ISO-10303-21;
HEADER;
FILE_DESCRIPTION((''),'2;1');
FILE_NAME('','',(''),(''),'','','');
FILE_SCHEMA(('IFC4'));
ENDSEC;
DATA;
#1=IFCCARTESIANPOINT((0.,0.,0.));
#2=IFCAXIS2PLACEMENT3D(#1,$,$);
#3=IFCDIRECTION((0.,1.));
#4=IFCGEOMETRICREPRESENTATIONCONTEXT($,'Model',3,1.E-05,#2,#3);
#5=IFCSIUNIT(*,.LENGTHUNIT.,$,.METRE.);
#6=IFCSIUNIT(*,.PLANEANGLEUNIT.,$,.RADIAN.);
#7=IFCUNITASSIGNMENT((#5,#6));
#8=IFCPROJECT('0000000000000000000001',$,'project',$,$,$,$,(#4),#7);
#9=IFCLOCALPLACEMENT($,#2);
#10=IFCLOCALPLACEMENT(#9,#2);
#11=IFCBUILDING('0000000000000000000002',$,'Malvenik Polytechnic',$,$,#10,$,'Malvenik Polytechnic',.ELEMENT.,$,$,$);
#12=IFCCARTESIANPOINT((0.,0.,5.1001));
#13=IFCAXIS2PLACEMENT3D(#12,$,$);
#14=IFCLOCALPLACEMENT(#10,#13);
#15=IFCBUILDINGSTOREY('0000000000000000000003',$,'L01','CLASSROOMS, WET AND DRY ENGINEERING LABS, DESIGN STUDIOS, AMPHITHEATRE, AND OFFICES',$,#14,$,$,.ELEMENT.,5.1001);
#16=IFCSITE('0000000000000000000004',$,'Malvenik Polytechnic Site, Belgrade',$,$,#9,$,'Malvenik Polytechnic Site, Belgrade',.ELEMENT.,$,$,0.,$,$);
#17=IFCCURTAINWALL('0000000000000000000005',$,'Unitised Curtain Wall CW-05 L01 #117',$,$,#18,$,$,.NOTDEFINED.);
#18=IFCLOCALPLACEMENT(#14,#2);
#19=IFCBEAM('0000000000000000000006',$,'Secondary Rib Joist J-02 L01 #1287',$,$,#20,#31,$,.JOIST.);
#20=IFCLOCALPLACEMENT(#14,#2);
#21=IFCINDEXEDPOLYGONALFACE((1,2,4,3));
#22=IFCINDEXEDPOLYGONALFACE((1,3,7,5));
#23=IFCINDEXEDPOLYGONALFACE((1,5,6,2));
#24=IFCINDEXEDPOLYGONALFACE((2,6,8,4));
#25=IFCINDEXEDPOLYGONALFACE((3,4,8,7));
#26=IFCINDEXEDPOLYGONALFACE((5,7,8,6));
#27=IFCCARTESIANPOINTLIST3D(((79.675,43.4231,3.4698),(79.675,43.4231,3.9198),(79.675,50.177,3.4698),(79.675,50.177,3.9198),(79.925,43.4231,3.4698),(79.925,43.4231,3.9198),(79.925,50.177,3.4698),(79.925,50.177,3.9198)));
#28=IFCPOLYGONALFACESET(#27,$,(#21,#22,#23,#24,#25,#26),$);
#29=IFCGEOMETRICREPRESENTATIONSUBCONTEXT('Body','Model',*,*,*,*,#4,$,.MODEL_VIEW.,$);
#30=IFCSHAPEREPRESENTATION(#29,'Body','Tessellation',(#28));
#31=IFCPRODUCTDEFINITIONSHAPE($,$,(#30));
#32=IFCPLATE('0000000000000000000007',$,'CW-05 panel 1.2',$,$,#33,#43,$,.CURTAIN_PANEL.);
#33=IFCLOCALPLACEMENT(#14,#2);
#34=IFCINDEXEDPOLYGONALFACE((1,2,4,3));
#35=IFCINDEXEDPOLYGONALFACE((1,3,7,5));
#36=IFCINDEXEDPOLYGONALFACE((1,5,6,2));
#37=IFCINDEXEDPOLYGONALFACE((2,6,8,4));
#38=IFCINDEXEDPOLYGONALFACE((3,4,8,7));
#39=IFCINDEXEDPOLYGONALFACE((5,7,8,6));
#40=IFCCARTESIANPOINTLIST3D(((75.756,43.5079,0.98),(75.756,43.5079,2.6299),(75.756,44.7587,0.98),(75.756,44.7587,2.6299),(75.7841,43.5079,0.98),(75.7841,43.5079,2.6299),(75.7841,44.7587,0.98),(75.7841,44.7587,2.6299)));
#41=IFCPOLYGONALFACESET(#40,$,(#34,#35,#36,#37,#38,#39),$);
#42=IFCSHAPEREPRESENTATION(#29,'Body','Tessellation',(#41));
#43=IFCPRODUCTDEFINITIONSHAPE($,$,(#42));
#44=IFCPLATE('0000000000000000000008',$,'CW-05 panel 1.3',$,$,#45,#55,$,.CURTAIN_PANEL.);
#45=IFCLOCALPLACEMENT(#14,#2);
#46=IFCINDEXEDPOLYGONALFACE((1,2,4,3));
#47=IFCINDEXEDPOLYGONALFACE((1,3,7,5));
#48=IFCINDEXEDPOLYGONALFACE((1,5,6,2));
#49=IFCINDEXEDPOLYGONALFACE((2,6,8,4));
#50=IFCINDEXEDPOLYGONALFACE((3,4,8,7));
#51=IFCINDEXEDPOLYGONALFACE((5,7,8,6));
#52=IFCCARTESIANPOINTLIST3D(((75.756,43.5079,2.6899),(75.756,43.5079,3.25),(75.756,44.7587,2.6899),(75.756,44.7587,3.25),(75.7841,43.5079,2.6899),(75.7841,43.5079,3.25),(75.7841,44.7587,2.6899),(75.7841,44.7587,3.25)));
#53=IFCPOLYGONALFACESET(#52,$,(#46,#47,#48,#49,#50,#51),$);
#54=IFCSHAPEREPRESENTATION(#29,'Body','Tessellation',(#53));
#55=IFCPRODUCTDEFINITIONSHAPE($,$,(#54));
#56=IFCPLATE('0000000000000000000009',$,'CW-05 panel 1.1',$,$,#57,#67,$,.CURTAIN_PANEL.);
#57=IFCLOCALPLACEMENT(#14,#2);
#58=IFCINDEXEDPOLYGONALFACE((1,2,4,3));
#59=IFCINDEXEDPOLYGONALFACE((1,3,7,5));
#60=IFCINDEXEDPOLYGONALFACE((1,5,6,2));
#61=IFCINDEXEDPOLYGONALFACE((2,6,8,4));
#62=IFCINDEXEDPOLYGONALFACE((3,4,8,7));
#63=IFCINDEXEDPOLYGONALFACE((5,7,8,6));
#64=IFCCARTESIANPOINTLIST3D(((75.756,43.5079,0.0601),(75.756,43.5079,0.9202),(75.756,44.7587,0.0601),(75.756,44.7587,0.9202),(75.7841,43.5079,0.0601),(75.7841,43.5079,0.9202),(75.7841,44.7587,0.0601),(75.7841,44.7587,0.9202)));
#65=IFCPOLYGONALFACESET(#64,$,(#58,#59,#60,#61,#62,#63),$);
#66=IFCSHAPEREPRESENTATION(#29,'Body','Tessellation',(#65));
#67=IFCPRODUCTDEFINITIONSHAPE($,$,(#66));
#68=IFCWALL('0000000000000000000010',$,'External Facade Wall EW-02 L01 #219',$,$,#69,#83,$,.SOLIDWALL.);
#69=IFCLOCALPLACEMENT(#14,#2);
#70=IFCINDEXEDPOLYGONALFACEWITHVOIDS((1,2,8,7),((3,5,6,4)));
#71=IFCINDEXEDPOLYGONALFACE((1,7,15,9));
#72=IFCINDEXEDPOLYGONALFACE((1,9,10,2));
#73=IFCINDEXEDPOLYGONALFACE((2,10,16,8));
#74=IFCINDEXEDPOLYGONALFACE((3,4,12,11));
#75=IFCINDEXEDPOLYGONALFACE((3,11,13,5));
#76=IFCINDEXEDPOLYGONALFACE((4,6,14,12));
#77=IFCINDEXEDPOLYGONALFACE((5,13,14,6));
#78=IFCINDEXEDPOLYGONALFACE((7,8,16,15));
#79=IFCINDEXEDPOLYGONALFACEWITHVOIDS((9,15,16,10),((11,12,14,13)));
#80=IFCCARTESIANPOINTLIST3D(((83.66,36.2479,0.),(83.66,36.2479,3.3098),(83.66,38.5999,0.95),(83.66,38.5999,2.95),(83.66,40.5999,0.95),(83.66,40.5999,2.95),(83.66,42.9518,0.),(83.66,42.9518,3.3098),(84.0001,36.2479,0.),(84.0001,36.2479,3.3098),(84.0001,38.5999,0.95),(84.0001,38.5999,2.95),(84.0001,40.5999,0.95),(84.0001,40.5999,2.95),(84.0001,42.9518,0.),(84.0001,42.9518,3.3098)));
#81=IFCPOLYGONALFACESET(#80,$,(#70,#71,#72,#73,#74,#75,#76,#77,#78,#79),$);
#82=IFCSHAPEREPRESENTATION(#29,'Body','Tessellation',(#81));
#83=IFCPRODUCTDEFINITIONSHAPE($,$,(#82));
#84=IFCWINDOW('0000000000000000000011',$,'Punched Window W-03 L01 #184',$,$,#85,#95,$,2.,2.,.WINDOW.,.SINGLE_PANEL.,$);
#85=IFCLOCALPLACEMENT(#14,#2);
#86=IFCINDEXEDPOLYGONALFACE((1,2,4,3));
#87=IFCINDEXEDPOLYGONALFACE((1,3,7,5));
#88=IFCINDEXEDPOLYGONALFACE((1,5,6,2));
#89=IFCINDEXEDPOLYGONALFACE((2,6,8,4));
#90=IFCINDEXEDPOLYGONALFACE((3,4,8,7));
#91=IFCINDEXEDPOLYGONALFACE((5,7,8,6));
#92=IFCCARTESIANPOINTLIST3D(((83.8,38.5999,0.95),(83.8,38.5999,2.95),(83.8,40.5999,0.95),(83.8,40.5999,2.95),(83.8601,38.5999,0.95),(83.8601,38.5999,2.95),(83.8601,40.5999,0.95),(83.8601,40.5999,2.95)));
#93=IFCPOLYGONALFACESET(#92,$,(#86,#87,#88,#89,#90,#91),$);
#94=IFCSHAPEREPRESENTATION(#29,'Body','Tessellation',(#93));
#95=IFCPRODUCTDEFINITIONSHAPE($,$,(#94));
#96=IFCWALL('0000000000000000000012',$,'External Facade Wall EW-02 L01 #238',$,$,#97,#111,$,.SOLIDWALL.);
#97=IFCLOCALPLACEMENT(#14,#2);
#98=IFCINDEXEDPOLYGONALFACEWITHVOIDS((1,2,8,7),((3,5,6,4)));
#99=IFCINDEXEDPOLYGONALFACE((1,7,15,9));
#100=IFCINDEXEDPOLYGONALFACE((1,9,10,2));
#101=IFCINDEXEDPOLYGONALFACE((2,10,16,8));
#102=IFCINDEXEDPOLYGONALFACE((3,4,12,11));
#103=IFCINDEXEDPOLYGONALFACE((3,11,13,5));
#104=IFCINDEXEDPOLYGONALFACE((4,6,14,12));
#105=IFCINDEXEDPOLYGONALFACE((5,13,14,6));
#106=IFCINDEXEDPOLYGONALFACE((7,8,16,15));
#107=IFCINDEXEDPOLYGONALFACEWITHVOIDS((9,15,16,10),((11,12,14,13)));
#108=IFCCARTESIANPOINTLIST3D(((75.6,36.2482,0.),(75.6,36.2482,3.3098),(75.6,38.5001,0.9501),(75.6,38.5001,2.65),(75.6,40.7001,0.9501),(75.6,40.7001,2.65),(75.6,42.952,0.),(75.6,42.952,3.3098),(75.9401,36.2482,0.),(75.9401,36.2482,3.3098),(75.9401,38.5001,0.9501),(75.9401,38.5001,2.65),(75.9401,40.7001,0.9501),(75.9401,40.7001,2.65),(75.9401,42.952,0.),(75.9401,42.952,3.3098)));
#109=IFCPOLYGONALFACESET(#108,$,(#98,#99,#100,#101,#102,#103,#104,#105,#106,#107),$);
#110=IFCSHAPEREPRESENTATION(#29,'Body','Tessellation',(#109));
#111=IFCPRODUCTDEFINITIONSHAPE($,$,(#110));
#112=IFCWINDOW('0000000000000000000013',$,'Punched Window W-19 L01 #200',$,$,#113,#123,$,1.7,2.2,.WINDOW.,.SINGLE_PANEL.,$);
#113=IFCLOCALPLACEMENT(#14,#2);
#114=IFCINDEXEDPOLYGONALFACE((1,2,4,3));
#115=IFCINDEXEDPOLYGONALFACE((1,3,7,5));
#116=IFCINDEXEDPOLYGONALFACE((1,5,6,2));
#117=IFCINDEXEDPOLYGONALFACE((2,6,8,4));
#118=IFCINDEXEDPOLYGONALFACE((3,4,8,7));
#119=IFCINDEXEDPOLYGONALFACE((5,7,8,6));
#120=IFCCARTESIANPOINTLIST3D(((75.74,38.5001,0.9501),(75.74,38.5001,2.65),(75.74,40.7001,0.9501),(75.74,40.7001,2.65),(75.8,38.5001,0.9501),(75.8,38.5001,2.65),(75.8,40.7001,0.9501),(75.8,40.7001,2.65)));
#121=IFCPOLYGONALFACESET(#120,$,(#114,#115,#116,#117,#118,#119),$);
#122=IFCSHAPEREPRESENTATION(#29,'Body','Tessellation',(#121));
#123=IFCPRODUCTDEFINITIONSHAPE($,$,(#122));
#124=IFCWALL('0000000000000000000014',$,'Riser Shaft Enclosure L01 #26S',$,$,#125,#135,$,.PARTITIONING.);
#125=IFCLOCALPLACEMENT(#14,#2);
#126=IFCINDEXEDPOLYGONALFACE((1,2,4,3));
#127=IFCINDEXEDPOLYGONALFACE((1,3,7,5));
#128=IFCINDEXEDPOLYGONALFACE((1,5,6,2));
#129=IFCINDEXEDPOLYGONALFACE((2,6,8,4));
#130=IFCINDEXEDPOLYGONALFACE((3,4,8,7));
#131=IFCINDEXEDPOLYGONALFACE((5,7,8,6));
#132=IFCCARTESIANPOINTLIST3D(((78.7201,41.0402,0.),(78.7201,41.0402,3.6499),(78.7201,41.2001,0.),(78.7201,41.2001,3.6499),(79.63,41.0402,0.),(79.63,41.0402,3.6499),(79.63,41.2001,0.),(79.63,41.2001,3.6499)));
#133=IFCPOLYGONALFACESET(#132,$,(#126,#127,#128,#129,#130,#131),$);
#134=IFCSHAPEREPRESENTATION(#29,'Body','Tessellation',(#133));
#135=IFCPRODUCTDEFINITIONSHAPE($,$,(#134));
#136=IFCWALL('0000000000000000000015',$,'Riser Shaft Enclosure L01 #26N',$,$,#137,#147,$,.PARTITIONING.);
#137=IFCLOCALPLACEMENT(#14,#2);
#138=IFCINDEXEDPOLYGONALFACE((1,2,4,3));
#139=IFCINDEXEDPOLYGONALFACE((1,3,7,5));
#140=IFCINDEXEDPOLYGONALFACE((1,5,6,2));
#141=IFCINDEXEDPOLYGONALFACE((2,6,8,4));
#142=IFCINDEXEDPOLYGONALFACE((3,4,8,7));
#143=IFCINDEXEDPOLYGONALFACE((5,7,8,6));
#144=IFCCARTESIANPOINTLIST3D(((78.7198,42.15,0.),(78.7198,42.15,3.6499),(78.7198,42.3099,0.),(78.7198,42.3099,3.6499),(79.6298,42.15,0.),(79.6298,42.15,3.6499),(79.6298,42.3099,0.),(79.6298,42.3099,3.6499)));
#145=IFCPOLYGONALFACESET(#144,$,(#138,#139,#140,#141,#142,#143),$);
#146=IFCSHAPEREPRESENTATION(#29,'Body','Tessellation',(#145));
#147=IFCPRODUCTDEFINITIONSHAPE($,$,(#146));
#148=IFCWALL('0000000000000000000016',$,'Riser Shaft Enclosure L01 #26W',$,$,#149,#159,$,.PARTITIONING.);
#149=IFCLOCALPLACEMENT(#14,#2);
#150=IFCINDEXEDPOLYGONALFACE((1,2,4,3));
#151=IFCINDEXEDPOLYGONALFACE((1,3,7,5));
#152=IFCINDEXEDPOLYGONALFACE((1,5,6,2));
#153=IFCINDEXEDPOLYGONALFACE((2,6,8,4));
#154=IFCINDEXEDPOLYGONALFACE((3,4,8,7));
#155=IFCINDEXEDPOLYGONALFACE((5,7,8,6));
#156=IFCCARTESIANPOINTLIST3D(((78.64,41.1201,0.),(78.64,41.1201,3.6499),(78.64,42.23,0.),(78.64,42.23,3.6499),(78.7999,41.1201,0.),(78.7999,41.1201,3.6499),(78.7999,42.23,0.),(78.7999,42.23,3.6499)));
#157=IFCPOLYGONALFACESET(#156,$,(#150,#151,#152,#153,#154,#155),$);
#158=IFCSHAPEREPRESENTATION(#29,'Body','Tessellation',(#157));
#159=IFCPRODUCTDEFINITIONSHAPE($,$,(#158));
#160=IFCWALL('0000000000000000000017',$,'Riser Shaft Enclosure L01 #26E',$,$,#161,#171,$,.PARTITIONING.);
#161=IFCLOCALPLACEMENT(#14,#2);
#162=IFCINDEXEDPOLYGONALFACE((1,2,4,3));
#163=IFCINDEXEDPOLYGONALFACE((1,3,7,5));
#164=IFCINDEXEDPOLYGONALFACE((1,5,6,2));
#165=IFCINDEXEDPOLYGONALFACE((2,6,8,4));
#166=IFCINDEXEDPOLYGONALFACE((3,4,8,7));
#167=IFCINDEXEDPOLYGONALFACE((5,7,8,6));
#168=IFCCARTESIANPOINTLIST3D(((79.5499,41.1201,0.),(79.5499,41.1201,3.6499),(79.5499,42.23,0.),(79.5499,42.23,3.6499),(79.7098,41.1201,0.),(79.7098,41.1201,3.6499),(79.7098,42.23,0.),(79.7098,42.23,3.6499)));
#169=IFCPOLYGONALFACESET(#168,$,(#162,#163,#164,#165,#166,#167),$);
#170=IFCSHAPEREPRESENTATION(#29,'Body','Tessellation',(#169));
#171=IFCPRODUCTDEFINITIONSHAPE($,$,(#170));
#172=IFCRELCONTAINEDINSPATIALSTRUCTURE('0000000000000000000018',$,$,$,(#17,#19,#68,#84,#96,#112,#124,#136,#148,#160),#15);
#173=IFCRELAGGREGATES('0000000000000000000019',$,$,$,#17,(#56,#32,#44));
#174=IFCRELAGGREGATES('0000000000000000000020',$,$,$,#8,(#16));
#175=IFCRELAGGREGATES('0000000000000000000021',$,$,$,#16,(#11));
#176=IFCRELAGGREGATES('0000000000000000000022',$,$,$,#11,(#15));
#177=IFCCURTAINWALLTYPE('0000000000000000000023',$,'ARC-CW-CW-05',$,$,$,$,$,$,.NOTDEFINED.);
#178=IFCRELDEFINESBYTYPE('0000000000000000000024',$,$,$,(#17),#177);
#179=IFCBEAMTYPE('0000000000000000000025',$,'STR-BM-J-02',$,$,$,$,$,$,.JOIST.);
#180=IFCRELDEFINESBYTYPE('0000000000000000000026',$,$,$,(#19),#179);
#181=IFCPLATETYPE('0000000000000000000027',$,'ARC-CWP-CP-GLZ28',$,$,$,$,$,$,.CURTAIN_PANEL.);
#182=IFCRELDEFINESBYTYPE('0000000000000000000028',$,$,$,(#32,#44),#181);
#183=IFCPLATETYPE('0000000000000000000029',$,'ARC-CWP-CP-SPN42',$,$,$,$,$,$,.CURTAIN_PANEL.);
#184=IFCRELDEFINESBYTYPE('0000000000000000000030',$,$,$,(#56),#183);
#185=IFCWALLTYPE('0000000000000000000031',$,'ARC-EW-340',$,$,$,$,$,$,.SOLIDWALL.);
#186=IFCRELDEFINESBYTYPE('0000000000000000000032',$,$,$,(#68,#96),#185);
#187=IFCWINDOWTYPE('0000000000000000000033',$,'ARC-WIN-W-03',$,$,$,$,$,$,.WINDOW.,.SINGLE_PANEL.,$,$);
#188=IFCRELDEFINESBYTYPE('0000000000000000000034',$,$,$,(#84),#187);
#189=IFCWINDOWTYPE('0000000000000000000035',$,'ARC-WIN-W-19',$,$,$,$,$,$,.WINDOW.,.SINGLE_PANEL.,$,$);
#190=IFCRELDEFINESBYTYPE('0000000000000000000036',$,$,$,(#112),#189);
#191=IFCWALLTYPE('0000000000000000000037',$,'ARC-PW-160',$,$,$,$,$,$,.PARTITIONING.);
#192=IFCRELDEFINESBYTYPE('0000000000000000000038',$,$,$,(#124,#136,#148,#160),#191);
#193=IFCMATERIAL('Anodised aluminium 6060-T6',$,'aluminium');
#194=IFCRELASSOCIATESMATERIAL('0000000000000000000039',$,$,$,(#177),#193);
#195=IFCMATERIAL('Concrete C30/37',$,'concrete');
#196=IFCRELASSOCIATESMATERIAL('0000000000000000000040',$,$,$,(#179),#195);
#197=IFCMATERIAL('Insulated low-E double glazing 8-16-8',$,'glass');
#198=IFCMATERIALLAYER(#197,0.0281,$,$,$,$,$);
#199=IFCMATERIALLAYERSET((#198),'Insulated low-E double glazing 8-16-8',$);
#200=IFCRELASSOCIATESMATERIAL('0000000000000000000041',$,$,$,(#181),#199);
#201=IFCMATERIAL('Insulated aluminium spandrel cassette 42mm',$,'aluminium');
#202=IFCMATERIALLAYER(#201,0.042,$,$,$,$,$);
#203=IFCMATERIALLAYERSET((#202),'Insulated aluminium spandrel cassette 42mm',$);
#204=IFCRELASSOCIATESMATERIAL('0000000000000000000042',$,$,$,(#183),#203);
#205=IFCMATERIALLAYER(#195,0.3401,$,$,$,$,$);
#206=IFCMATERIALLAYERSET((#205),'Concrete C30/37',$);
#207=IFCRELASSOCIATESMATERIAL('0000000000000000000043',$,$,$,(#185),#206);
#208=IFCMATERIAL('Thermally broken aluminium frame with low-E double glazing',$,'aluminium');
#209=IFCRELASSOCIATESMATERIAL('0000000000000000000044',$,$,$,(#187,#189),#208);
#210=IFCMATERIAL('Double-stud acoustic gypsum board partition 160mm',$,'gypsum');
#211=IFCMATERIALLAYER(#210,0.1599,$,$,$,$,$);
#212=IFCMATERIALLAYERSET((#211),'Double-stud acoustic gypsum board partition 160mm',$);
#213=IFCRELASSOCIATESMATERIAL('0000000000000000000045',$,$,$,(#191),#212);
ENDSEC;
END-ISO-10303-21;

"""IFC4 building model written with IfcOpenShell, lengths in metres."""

from ifc_helpers import new_model, si_unit, direction, frame, frame_2d, origin, origin_2d, place, context, subcontext, project, spatial, rectangle, extrude, material, layer, layer_set, material_profile, profile_set, type_object, element, fill, aggregate, save


model = new_model("IFC4")

# Units and contexts
model_context = context("Model", 3, precision=1e-05, world=origin(), true_north=direction((0.0, 1.0)))
body_context = subcontext(model_context, "Body", "Model", "MODEL_VIEW")
ifc_project = project(units=[si_unit("LENGTHUNIT", "METRE"), si_unit("PLANEANGLEUNIT", "RADIAN")], contexts=[model_context])

# Site, building, storey
site_placement = place(None, origin())
site = spatial("IfcSite", under=ifc_project, at=site_placement, Name="Malvenik Polytechnic Site, Belgrade", LongName="Malvenik Polytechnic Site, Belgrade", CompositionType="ELEMENT", RefElevation=0.0)
building_placement = place(site_placement, origin())
building = spatial("IfcBuilding", under=site, at=building_placement, Name="Malvenik Polytechnic", LongName="Malvenik Polytechnic", CompositionType="ELEMENT")
storey_placement = place(building_placement, frame((0.0, 0.0, 5.1001)))
storey = spatial("IfcBuildingStorey", under=building, at=storey_placement, Name="L01", Description="CLASSROOMS, WET AND DRY ENGINEERING LABS, DESIGN STUDIOS, AMPHITHEATRE, AND OFFICES", CompositionType="ELEMENT", Elevation=5.1001)

# Curtain wall
ifc_material_1 = material(Name="Anodised aluminium 6060-T6", Category="aluminium")
curtain_wall_type = type_object("IfcCurtainWallType", Name="ARC-CW-CW-05", PredefinedType="NOTDEFINED", material=ifc_material_1)
curtain_wall_placement = place(storey_placement, origin())
curtain_wall = element("IfcCurtainWall", 1, at=curtain_wall_placement, inside=storey, type_object=curtain_wall_type, Name="Unitised Curtain Wall CW-05 L01 #117", PredefinedType="NOTDEFINED")

# Beam
ifc_material_2 = material(Name="Concrete C30/37", Category="concrete")
ifc_material_profile_1 = material_profile(ifc_material_2, rectangle(XDim=0.25, YDim=0.45, at=origin_2d()), Name="RC JST 250x450")
ifc_profile_set_1 = profile_set([ifc_material_profile_1], Name="Concrete C30/37")
beam_type_1 = type_object("IfcBeamType", Name="STR-BM-J-02", PredefinedType="JOIST", material=ifc_profile_set_1)
beam_1_placement = place(storey_placement, frame((79.8, 43.4231, 3.6948), z_axis=(0.0, 1.0, 0.0), x_axis=(-1.0, 0.0, 0.0)))
element("IfcBeam", 2, at=beam_1_placement, inside=storey, type_object=beam_type_1, Name="Secondary Rib Joist J-02 L01 #1287", PredefinedType="JOIST", context=body_context, shape_type="SweptSolid", body=[
    extrude(rectangle(XDim=0.25, YDim=0.45, at=origin_2d()), origin(), (0.0, 0.0, 1.0), 6.7539),
])

# Plates
ifc_material_3 = material(Name="Insulated low-E double glazing 8-16-8", Category="glass")
ifc_layer_1 = layer(ifc_material_3, 0.0281)
ifc_layer_set_1 = layer_set([ifc_layer_1], Name="Insulated low-E double glazing 8-16-8")
plate_type_1 = type_object("IfcPlateType", Name="ARC-CWP-CP-GLZ28", PredefinedType="CURTAIN_PANEL", material=ifc_layer_set_1)
plate_1_placement = place(storey_placement, frame((75.77, 44.1333, 0.98), z_axis=(0.0, 0.0, 1.0), x_axis=(0.0, 1.0, 0.0)))
plate_1 = element("IfcPlate", 3, at=plate_1_placement, type_object=plate_type_1, Name="CW-05 panel 1.2", PredefinedType="CURTAIN_PANEL", context=body_context, shape_type="SweptSolid", body=[
    extrude(rectangle(XDim=1.2507, YDim=0.0281, at=origin_2d()), origin(), (0.0, 0.0, 1.0), 1.6499),
])
plate_2_placement = place(storey_placement, frame((75.77, 44.1333, 2.6899), z_axis=(0.0, 0.0, 1.0), x_axis=(0.0, 1.0, 0.0)))
plate_2 = element("IfcPlate", 4, at=plate_2_placement, type_object=plate_type_1, Name="CW-05 panel 1.3", PredefinedType="CURTAIN_PANEL", context=body_context, shape_type="SweptSolid", body=[
    extrude(rectangle(XDim=1.2507, YDim=0.0281, at=origin_2d()), origin(), (0.0, 0.0, 1.0), 0.5601),
])
ifc_material_4 = material(Name="Insulated aluminium spandrel cassette 42mm", Category="aluminium")
ifc_layer_2 = layer(ifc_material_4, 0.042)
ifc_layer_set_2 = layer_set([ifc_layer_2], Name="Insulated aluminium spandrel cassette 42mm")
plate_type_2 = type_object("IfcPlateType", Name="ARC-CWP-CP-SPN42", PredefinedType="CURTAIN_PANEL", material=ifc_layer_set_2)
plate_3_placement = place(storey_placement, frame((75.77, 44.1333, 0.0601), z_axis=(0.0, 0.0, 1.0), x_axis=(0.0, 1.0, 0.0)))
plate_3 = element("IfcPlate", 5, at=plate_3_placement, type_object=plate_type_2, Name="CW-05 panel 1.1", PredefinedType="CURTAIN_PANEL", context=body_context, shape_type="SweptSolid", body=[
    extrude(rectangle(XDim=1.2507, YDim=0.0281, at=origin_2d()), origin(), (0.0, 0.0, 1.0), 0.8601),
])
aggregate(curtain_wall, [plate_3, plate_1, plate_2])

# Walls, openings, windows
ifc_layer_3 = layer(ifc_material_2, 0.3401)
ifc_layer_set_3 = layer_set([ifc_layer_3], Name="Concrete C30/37")
wall_type_1 = type_object("IfcWallType", Name="ARC-EW-340", PredefinedType="SOLIDWALL", material=ifc_layer_set_3)
wall_1_placement = place(storey_placement, frame((83.8301, 42.9519, 0.0), z_axis=(0.0, 0.0, 1.0), x_axis=(0.0, -1.0, 0.0)))
wall_1 = element("IfcWall", 6, at=wall_1_placement, inside=storey, type_object=wall_type_1, Name="External Facade Wall EW-02 L01 #219", PredefinedType="SOLIDWALL", context=body_context, shape_type="SweptSolid", body=[
    extrude(rectangle(XDim=6.7039, YDim=0.3401, at=frame_2d((3.3521, 0.0))), origin(), (0.0, 0.0, 1.0), 3.3098),
])
opening_1_placement = place(wall_1_placement, frame((2.3521, 0.0, 0.95)))
opening_1 = element("IfcOpeningElement", 7, at=opening_1_placement, cuts=wall_1, PredefinedType="OPENING", context=body_context, shape_type="SweptSolid", body=[
    extrude(rectangle(XDim=2.0, YDim=2.0, at=frame_2d((1.0, 1.0))), frame((0.0, 0.1802, 0.0), z_axis=(0.0, -1.0, 0.0), x_axis=(1.0, 0.0, 0.0)), (0.0, 0.0, 1.0), 0.3601),
])
ifc_material_5 = material(Name="Thermally broken aluminium frame with low-E double glazing", Category="aluminium")
window_type_1 = type_object("IfcWindowType", Name="ARC-WIN-W-03", PartitioningType="SINGLE_PANEL", PredefinedType="WINDOW", material=ifc_material_5)
window_1_placement = place(opening_1_placement, origin())
window_1 = element("IfcWindow", 8, at=window_1_placement, inside=storey, type_object=window_type_1, Name="Punched Window W-03 L01 #184", OverallHeight=2.0, OverallWidth=2.0, PartitioningType="SINGLE_PANEL", PredefinedType="WINDOW", context=body_context, shape_type="SweptSolid", body=[
    extrude(rectangle(XDim=2.0, YDim=2.0, at=frame_2d((1.0, 1.0))), frame((0.0, 0.03, 0.0), z_axis=(0.0, -1.0, 0.0), x_axis=(1.0, 0.0, 0.0)), (0.0, 0.0, 1.0), 0.0601),
])
fill(opening_1, window_1)
wall_2_placement = place(storey_placement, frame((75.77, 36.248, 0.0), z_axis=(0.0, 0.0, 1.0), x_axis=(0.0, 1.0, 0.0)))
wall_2 = element("IfcWall", 9, at=wall_2_placement, inside=storey, type_object=wall_type_1, Name="External Facade Wall EW-02 L01 #238", PredefinedType="SOLIDWALL", context=body_context, shape_type="SweptSolid", body=[
    extrude(rectangle(XDim=6.7039, YDim=0.3401, at=frame_2d((3.3521, 0.0))), origin(), (0.0, 0.0, 1.0), 3.3098),
])
opening_2_placement = place(wall_2_placement, frame((2.252, 0.0, 0.95)))
opening_2 = element("IfcOpeningElement", 10, at=opening_2_placement, cuts=wall_2, PredefinedType="OPENING", context=body_context, shape_type="SweptSolid", body=[
    extrude(rectangle(XDim=2.2, YDim=1.7, at=frame_2d((1.1001, 0.8501))), frame((0.0, 0.1802, 0.0), z_axis=(0.0, -1.0, 0.0), x_axis=(1.0, 0.0, 0.0)), (0.0, 0.0, 1.0), 0.3601),
])
window_type_2 = type_object("IfcWindowType", Name="ARC-WIN-W-19", PartitioningType="SINGLE_PANEL", PredefinedType="WINDOW", material=ifc_material_5)
window_2_placement = place(opening_2_placement, origin())
window_2 = element("IfcWindow", 11, at=window_2_placement, inside=storey, type_object=window_type_2, Name="Punched Window W-19 L01 #200", OverallHeight=1.7, OverallWidth=2.2, PartitioningType="SINGLE_PANEL", PredefinedType="WINDOW", context=body_context, shape_type="SweptSolid", body=[
    extrude(rectangle(XDim=2.2, YDim=1.7, at=frame_2d((1.1001, 0.8501))), frame((0.0, 0.03, 0.0), z_axis=(0.0, -1.0, 0.0), x_axis=(1.0, 0.0, 0.0)), (0.0, 0.0, 1.0), 0.0601),
])
fill(opening_2, window_2)

# Walls
ifc_material_6 = material(Name="Double-stud acoustic gypsum board partition 160mm", Category="gypsum")
ifc_layer_4 = layer(ifc_material_6, 0.1599)
ifc_layer_set_4 = layer_set([ifc_layer_4], Name="Double-stud acoustic gypsum board partition 160mm")
wall_type_2 = type_object("IfcWallType", Name="ARC-PW-160", PredefinedType="PARTITIONING", material=ifc_layer_set_4)
for number, where, z_axis, x_axis, name in (
    (12, (78.72, 41.1201, 0.0), (0.0, 0.0, 1.0), (1.0, 0.0, 0.0), "Riser Shaft Enclosure L01 #26S"),
    (13, (79.6299, 42.23, 0.0), (0.0, 0.0, 1.0), (-1.0, 0.0, 0.0), "Riser Shaft Enclosure L01 #26N"),
):
    element("IfcWall", number, at=place(storey_placement, frame(where, z_axis=z_axis, x_axis=x_axis)), inside=storey, type_object=wall_type_2, Name=name, PredefinedType="PARTITIONING", context=body_context, shape_type="SweptSolid", body=[
        extrude(rectangle(XDim=0.9099, YDim=0.1599, at=frame_2d((0.4551, 0.0))), origin(), (0.0, 0.0, 1.0), 3.6499),
    ])
for number, where, z_axis, x_axis, name in (
    (14, (78.72, 42.23, 0.0), (0.0, 0.0, 1.0), (0.0, -1.0, 0.0), "Riser Shaft Enclosure L01 #26W"),
    (15, (79.6299, 41.1201, 0.0), (0.0, 0.0, 1.0), (0.0, 1.0, 0.0), "Riser Shaft Enclosure L01 #26E"),
):
    element("IfcWall", number, at=place(storey_placement, frame(where, z_axis=z_axis, x_axis=x_axis)), inside=storey, type_object=wall_type_2, Name=name, PredefinedType="PARTITIONING", context=body_context, shape_type="SweptSolid", body=[
        extrude(rectangle(XDim=1.1099, YDim=0.1599, at=frame_2d((0.5549, 0.0))), origin(), (0.0, 0.0, 1.0), 3.6499),
    ])

save(model, "model.ifc")
